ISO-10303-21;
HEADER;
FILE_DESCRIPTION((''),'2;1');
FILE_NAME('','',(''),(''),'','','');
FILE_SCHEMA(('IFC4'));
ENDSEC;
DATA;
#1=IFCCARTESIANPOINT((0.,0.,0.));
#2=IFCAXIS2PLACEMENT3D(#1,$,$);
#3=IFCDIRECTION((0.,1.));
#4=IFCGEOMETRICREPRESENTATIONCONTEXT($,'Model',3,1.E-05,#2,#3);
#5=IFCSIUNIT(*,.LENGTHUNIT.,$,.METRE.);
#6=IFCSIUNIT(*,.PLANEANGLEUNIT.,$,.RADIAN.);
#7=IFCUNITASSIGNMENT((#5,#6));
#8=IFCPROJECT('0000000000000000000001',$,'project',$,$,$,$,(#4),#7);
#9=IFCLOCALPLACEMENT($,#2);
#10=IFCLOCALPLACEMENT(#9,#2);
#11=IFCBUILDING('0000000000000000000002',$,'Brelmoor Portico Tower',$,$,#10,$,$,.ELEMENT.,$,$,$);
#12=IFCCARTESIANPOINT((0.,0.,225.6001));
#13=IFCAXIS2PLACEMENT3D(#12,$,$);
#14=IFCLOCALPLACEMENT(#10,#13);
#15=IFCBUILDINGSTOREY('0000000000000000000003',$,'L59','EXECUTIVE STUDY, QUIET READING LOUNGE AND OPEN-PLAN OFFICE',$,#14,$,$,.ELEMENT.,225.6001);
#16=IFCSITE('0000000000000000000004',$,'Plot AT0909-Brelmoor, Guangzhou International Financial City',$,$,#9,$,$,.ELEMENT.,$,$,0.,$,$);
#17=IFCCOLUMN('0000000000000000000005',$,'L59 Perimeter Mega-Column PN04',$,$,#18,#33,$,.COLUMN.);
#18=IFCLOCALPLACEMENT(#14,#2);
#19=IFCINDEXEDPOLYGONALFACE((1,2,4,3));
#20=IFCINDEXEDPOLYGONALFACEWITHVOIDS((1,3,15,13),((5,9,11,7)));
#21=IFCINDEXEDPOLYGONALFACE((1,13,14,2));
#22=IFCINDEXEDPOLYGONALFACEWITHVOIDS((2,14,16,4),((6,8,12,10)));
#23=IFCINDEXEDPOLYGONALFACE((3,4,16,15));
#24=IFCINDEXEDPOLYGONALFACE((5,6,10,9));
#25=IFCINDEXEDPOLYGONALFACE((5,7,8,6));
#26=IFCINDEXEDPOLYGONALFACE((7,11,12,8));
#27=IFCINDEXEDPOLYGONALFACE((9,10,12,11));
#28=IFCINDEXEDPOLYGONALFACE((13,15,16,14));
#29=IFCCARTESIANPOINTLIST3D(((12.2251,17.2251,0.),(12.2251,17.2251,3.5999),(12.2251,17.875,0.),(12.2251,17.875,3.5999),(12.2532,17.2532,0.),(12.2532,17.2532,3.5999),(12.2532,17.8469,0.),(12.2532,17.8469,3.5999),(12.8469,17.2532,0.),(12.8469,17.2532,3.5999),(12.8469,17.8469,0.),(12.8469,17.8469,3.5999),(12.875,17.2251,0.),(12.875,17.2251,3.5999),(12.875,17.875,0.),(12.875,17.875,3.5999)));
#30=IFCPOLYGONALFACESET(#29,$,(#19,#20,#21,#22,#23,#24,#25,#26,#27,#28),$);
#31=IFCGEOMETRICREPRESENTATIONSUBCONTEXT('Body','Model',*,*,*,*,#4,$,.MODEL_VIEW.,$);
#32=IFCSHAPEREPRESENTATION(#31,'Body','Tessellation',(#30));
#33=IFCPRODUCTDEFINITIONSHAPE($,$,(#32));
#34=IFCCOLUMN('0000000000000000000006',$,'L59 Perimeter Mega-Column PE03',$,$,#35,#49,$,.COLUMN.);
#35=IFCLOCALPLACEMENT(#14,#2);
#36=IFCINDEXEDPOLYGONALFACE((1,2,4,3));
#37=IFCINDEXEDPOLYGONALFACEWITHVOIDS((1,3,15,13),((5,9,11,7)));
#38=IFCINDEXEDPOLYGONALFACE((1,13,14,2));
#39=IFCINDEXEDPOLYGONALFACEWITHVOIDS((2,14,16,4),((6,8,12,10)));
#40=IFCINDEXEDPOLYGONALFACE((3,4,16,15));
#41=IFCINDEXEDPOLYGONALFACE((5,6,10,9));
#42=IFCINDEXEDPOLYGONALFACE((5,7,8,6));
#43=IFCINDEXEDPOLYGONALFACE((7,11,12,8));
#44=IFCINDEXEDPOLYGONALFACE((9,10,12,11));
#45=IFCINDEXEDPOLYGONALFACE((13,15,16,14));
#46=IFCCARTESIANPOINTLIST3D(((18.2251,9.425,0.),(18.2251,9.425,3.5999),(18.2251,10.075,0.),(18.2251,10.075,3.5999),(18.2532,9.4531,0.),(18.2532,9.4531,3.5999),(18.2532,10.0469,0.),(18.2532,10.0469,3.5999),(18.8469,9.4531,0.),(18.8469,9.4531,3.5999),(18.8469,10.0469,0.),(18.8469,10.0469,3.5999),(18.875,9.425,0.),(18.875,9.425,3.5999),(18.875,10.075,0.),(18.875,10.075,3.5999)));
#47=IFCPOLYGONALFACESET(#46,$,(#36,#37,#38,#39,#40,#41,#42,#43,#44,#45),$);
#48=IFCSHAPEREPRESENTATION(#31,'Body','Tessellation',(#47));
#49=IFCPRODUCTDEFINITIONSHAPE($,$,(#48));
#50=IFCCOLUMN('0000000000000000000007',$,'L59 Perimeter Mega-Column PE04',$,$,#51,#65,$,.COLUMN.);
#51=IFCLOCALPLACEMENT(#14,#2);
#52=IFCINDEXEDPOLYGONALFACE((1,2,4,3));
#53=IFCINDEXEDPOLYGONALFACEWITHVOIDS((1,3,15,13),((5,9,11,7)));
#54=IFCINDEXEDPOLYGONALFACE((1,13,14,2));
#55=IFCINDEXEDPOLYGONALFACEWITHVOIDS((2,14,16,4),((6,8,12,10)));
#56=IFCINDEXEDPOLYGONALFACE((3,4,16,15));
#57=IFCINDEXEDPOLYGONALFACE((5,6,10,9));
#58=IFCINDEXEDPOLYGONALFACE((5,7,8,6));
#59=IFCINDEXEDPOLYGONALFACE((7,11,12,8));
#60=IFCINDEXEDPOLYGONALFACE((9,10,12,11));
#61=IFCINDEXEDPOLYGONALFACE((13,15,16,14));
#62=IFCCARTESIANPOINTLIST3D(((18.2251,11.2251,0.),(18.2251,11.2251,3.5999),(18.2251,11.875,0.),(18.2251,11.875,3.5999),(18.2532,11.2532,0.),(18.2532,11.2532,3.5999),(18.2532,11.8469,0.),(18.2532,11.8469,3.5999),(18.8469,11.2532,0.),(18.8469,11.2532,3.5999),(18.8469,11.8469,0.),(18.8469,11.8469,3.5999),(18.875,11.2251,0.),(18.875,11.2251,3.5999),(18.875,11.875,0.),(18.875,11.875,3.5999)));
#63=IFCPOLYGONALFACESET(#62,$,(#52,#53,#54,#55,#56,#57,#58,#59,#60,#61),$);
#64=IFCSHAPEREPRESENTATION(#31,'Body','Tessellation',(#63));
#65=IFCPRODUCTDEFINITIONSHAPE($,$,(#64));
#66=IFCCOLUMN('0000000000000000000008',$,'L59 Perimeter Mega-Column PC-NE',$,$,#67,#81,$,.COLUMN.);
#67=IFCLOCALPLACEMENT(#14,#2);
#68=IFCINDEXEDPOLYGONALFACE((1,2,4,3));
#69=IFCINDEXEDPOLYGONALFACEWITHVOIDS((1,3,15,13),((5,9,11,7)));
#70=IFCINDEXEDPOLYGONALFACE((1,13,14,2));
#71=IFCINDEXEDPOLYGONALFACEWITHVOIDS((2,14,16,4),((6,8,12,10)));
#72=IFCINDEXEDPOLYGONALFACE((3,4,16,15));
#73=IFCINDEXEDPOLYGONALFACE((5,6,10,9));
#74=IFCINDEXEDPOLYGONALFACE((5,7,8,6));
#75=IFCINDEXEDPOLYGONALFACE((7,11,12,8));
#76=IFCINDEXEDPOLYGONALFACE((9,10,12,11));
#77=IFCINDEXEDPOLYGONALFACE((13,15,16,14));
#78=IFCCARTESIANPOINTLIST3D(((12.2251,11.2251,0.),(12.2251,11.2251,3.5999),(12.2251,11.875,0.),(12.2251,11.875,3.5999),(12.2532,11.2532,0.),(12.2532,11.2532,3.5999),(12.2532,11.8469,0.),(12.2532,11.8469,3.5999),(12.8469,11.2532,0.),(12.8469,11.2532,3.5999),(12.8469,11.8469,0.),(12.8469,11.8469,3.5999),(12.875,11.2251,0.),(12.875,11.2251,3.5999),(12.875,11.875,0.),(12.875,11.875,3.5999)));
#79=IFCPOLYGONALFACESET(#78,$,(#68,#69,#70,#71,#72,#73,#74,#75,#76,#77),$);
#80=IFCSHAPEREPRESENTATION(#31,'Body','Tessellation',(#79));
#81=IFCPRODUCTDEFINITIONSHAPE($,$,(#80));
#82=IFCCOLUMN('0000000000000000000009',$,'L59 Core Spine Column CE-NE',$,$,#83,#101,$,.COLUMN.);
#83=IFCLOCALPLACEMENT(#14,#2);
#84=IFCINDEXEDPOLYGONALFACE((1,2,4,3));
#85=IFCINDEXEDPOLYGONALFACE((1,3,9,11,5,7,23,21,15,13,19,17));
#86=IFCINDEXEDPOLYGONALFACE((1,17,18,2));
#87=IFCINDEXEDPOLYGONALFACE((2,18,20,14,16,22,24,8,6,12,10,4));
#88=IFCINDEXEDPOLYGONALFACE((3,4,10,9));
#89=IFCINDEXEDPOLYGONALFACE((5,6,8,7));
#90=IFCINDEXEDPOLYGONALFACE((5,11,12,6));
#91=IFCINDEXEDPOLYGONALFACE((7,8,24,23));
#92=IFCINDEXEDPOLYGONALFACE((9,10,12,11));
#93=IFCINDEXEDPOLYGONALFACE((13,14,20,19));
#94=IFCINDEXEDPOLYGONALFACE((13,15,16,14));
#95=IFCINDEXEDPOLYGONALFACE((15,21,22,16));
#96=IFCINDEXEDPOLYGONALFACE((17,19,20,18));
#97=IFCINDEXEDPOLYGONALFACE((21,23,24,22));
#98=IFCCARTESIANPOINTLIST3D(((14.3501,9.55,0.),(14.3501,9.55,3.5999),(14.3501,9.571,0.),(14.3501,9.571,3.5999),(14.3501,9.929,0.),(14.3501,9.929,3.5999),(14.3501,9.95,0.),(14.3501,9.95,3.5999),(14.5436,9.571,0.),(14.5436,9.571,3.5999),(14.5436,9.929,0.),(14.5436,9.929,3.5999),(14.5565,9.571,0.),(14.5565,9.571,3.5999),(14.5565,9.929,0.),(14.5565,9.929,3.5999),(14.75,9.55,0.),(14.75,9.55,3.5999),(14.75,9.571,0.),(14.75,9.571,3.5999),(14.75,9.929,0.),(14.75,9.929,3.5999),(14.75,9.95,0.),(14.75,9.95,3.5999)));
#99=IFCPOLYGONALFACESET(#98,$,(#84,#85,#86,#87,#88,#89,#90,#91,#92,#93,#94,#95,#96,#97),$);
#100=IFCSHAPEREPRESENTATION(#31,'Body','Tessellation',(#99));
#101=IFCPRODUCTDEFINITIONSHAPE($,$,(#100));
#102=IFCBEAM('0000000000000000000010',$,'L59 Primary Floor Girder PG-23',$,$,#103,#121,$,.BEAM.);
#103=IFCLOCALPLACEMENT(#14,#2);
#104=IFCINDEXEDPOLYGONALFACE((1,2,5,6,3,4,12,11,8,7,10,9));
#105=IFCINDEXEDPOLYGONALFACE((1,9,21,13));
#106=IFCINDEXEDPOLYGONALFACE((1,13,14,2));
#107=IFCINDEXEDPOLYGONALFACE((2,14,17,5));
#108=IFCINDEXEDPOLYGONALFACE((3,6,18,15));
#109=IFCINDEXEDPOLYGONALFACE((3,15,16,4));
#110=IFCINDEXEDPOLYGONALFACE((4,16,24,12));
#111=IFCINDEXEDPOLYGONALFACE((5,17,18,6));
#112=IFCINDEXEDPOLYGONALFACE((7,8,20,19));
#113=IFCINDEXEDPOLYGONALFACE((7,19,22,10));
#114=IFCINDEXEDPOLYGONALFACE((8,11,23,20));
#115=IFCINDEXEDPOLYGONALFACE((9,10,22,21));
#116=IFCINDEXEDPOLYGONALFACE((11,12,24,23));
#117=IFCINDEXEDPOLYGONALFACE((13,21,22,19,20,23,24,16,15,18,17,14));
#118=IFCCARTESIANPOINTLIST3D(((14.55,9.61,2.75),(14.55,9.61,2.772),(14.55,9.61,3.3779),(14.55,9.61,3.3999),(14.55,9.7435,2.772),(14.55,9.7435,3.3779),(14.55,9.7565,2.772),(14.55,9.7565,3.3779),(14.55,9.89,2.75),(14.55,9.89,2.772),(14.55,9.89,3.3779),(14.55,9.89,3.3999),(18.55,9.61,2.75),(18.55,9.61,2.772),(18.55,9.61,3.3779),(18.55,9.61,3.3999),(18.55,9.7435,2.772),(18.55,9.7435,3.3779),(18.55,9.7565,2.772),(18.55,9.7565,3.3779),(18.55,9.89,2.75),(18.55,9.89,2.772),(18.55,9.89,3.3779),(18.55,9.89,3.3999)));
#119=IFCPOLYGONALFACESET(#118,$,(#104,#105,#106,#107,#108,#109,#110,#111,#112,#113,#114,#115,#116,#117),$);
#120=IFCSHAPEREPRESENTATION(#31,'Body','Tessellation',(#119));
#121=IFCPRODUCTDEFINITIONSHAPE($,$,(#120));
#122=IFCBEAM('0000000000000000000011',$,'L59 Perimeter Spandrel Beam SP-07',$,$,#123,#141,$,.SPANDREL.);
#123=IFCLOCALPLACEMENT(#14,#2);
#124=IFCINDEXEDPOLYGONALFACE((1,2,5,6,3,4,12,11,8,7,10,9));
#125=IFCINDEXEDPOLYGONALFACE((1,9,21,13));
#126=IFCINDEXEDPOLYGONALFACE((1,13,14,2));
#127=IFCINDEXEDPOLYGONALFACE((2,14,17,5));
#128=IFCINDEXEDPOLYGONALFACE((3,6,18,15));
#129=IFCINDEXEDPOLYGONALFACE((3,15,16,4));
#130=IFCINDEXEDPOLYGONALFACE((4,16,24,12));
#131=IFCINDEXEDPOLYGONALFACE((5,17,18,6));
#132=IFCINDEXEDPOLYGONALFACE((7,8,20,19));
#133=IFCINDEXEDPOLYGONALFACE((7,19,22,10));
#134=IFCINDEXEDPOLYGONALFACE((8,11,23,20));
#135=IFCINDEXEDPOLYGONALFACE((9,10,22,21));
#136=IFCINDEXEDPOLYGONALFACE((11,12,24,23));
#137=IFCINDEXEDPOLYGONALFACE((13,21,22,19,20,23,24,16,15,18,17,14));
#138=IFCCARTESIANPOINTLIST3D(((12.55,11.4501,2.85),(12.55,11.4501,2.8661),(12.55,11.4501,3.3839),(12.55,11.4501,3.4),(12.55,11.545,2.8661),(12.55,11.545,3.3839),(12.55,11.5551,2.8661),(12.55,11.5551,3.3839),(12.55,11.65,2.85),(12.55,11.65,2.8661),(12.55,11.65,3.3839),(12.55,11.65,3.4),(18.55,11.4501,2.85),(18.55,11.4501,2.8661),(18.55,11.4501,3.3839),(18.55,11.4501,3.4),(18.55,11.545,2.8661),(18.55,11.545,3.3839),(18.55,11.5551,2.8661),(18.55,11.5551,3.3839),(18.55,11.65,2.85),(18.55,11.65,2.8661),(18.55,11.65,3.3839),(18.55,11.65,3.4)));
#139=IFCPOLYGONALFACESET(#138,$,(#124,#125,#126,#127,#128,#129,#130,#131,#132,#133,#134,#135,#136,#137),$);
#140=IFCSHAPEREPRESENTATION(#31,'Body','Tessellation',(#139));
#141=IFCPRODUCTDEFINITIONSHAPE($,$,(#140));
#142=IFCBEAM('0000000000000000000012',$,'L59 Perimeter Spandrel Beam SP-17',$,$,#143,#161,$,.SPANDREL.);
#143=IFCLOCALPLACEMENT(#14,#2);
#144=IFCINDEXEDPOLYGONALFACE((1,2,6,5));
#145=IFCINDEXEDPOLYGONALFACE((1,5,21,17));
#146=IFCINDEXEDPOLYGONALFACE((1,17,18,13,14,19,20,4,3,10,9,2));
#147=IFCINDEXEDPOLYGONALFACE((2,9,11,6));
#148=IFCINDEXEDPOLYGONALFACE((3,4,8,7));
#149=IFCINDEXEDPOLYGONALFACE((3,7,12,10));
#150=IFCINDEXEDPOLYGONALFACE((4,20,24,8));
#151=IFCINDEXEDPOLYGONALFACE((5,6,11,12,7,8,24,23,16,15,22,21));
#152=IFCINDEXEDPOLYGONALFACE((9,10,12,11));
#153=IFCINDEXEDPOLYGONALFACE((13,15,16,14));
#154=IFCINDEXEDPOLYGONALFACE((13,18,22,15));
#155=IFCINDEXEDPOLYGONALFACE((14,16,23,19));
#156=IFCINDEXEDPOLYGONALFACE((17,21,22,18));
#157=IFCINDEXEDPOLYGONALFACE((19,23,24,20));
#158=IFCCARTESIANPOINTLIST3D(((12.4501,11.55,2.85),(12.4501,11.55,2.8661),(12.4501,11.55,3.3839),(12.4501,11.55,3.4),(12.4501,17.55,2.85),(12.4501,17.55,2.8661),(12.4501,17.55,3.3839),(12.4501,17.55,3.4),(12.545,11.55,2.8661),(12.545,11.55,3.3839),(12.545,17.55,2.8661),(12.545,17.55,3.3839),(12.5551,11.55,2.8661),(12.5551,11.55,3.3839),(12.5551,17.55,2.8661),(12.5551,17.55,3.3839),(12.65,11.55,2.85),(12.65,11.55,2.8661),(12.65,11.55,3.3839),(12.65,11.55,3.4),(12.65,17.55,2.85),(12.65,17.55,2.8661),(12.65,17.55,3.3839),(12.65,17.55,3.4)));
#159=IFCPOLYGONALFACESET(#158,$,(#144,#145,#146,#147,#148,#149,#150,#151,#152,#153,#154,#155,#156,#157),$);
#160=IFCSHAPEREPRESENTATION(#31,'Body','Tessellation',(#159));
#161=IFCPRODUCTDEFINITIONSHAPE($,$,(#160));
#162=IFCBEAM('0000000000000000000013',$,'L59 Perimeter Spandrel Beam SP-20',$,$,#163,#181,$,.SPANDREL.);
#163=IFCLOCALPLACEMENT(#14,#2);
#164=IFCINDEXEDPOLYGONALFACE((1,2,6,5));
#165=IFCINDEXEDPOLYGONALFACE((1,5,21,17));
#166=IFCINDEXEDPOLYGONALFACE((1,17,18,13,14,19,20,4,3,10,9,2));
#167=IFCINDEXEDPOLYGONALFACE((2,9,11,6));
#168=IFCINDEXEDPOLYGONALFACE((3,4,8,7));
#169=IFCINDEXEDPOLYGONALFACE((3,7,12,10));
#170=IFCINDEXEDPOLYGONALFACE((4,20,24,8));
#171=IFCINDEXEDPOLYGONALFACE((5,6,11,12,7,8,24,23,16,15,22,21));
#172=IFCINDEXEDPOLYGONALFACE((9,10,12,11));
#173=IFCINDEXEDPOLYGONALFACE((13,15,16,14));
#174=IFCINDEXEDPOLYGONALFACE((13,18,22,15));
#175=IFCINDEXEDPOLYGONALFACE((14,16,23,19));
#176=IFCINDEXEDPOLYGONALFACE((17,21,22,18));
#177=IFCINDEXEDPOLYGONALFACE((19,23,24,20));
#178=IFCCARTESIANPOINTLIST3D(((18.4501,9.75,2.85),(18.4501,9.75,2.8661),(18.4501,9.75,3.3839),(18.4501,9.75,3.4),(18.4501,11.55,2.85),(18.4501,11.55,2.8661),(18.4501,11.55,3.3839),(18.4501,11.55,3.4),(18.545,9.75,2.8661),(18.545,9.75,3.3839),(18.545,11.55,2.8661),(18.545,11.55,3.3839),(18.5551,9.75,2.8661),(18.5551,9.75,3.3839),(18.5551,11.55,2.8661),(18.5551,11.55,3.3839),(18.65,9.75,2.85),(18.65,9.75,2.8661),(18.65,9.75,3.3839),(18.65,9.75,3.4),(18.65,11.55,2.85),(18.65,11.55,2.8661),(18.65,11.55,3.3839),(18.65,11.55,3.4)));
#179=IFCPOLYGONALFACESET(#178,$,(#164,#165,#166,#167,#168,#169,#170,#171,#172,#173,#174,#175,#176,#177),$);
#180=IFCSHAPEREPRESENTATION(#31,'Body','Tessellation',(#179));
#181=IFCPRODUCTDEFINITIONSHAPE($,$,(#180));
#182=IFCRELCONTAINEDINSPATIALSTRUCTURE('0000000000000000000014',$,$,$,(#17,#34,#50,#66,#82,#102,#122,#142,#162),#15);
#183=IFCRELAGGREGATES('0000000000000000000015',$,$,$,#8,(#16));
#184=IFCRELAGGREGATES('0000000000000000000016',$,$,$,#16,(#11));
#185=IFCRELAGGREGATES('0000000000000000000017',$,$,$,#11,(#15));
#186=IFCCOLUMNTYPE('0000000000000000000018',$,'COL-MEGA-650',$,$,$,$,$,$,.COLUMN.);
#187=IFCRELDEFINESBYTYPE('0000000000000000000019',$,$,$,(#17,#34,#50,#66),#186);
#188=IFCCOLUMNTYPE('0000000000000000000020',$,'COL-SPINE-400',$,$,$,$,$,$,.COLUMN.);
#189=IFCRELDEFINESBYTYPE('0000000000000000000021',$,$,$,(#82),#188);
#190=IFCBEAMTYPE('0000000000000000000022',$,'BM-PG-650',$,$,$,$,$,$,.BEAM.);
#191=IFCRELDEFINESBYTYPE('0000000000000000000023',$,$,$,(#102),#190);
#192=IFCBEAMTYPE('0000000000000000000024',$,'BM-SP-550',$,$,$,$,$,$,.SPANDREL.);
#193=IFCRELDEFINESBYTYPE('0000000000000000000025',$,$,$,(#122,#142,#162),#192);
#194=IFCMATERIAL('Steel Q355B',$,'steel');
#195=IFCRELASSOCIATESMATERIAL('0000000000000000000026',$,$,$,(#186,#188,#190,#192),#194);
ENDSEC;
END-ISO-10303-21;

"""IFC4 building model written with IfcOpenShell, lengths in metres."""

from ifc_helpers import new_model, si_unit, direction, frame, origin, origin_2d, place, context, subcontext, project, spatial, hollow_rectangle, i_section, extrude, material, material_profile, profile_set, type_object, element, save


model = new_model("IFC4")

# Units and contexts
model_context = context("Model", 3, precision=1e-05, world=origin(), true_north=direction((0.0, 1.0)))
body_context = subcontext(model_context, "Body", "Model", "MODEL_VIEW")
ifc_project = project(units=[si_unit("LENGTHUNIT", "METRE"), si_unit("PLANEANGLEUNIT", "RADIAN")], contexts=[model_context])

# Site, building, storey
site_placement = place(None, origin())
site = spatial("IfcSite", under=ifc_project, at=site_placement, Name="Plot AT0909-Brelmoor, Guangzhou International Financial City", CompositionType="ELEMENT", RefElevation=0.0)
building_placement = place(site_placement, origin())
building = spatial("IfcBuilding", under=site, at=building_placement, Name="Brelmoor Portico Tower", CompositionType="ELEMENT")
storey_placement = place(building_placement, frame((0.0, 0.0, 225.6001)))
storey = spatial("IfcBuildingStorey", under=building, at=storey_placement, Name="L59", Description="EXECUTIVE STUDY, QUIET READING LOUNGE AND OPEN-PLAN OFFICE", CompositionType="ELEMENT", Elevation=225.6001)

# Columns
ifc_material_1 = material(Name="Steel Q355B", Category="steel")
ifc_material_profile_1 = material_profile(ifc_material_1, hollow_rectangle(XDim=0.6499, YDim=0.6499, WallThickness=0.0281, at=origin_2d()), Name="BOX 650x650x28")
ifc_profile_set_1 = profile_set([ifc_material_profile_1], Name="Steel Q355B")
column_type_1 = type_object("IfcColumnType", Name="COL-MEGA-650", PredefinedType="COLUMN", material=ifc_profile_set_1)
for number, where, z_axis, x_axis, name in (
    (1, (12.55, 17.55, 0.0), (0.0, 0.0, 1.0), (1.0, 0.0, 0.0), "L59 Perimeter Mega-Column PN04"),
    (2, (18.55, 9.75, 0.0), (0.0, 0.0, 1.0), (0.0, 1.0, 0.0), "L59 Perimeter Mega-Column PE03"),
    (3, (18.55, 11.55, 0.0), (0.0, 0.0, 1.0), (0.0, 1.0, 0.0), "L59 Perimeter Mega-Column PE04"),
    (4, (12.55, 11.55, 0.0), (0.0, 0.0, 1.0), (1.0, 0.0, 0.0), "L59 Perimeter Mega-Column PC-NE"),
):
    element("IfcColumn", number, at=place(storey_placement, frame(where, z_axis=z_axis, x_axis=x_axis)), inside=storey, type_object=column_type_1, Name=name, PredefinedType="COLUMN", context=body_context, shape_type="SweptSolid", body=[
        extrude(hollow_rectangle(XDim=0.6499, YDim=0.6499, WallThickness=0.0281, at=origin_2d()), origin(), (0.0, 0.0, 1.0), 3.5999),
    ])
ifc_material_profile_2 = material_profile(ifc_material_1, i_section(OverallWidth=0.3999, OverallDepth=0.3999, WebThickness=0.0129, FlangeThickness=0.021, at=origin_2d()), Name="HW 400x400x13x21")
ifc_profile_set_2 = profile_set([ifc_material_profile_2], Name="Steel Q355B")
column_type_2 = type_object("IfcColumnType", Name="COL-SPINE-400", PredefinedType="COLUMN", material=ifc_profile_set_2)
column_placement = place(storey_placement, frame((14.55, 9.75, 0.0), z_axis=(0.0, 0.0, 1.0), x_axis=(1.0, 0.0, 0.0)))
element("IfcColumn", 5, at=column_placement, inside=storey, type_object=column_type_2, Name="L59 Core Spine Column CE-NE", PredefinedType="COLUMN", context=body_context, shape_type="SweptSolid", body=[
    extrude(i_section(OverallWidth=0.3999, OverallDepth=0.3999, WebThickness=0.0129, FlangeThickness=0.021, at=origin_2d()), origin(), (0.0, 0.0, 1.0), 3.5999),
])

# Beams
ifc_material_profile_3 = material_profile(ifc_material_1, i_section(OverallWidth=0.28, OverallDepth=0.6499, WebThickness=0.0129, FlangeThickness=0.022, at=origin_2d()), Name="HN 650x280x13x22")
ifc_profile_set_3 = profile_set([ifc_material_profile_3], Name="Steel Q355B")
beam_type_1 = type_object("IfcBeamType", Name="BM-PG-650", PredefinedType="BEAM", material=ifc_profile_set_3)
beam_1_placement = place(storey_placement, frame((14.55, 9.75, 3.075), z_axis=(1.0, 0.0, 0.0), x_axis=(0.0, 1.0, 0.0)))
element("IfcBeam", 6, at=beam_1_placement, inside=storey, type_object=beam_type_1, Name="L59 Primary Floor Girder PG-23", PredefinedType="BEAM", context=body_context, shape_type="SweptSolid", body=[
    extrude(i_section(OverallWidth=0.28, OverallDepth=0.6499, WebThickness=0.0129, FlangeThickness=0.022, at=origin_2d()), origin(), (0.0, 0.0, 1.0), 4.0),
])
ifc_material_profile_4 = material_profile(ifc_material_1, i_section(OverallWidth=0.2, OverallDepth=0.55, WebThickness=0.01, FlangeThickness=0.0161, at=origin_2d()), Name="HN 550x200x10x16")
ifc_profile_set_4 = profile_set([ifc_material_profile_4], Name="Steel Q355B")
beam_type_2 = type_object("IfcBeamType", Name="BM-SP-550", PredefinedType="SPANDREL", material=ifc_profile_set_4)
for number, where, z_axis, x_axis, name in (
    (7, (12.55, 11.55, 3.125), (1.0, 0.0, 0.0), (0.0, 1.0, 0.0), "L59 Perimeter Spandrel Beam SP-07"),
    (8, (12.55, 11.55, 3.125), (0.0, 1.0, 0.0), (-1.0, 0.0, 0.0), "L59 Perimeter Spandrel Beam SP-17"),
):
    element("IfcBeam", number, at=place(storey_placement, frame(where, z_axis=z_axis, x_axis=x_axis)), inside=storey, type_object=beam_type_2, Name=name, PredefinedType="SPANDREL", context=body_context, shape_type="SweptSolid", body=[
        extrude(i_section(OverallWidth=0.2, OverallDepth=0.55, WebThickness=0.01, FlangeThickness=0.0161, at=origin_2d()), origin(), (0.0, 0.0, 1.0), 6.0),
    ])
beam_2_placement = place(storey_placement, frame((18.55, 9.75, 3.125), z_axis=(0.0, 1.0, 0.0), x_axis=(-1.0, 0.0, 0.0)))
element("IfcBeam", 9, at=beam_2_placement, inside=storey, type_object=beam_type_2, Name="L59 Perimeter Spandrel Beam SP-20", PredefinedType="SPANDREL", context=body_context, shape_type="SweptSolid", body=[
    extrude(i_section(OverallWidth=0.2, OverallDepth=0.55, WebThickness=0.01, FlangeThickness=0.0161, at=origin_2d()), origin(), (0.0, 0.0, 1.0), 1.8),
])

save(model, "model.ifc")
